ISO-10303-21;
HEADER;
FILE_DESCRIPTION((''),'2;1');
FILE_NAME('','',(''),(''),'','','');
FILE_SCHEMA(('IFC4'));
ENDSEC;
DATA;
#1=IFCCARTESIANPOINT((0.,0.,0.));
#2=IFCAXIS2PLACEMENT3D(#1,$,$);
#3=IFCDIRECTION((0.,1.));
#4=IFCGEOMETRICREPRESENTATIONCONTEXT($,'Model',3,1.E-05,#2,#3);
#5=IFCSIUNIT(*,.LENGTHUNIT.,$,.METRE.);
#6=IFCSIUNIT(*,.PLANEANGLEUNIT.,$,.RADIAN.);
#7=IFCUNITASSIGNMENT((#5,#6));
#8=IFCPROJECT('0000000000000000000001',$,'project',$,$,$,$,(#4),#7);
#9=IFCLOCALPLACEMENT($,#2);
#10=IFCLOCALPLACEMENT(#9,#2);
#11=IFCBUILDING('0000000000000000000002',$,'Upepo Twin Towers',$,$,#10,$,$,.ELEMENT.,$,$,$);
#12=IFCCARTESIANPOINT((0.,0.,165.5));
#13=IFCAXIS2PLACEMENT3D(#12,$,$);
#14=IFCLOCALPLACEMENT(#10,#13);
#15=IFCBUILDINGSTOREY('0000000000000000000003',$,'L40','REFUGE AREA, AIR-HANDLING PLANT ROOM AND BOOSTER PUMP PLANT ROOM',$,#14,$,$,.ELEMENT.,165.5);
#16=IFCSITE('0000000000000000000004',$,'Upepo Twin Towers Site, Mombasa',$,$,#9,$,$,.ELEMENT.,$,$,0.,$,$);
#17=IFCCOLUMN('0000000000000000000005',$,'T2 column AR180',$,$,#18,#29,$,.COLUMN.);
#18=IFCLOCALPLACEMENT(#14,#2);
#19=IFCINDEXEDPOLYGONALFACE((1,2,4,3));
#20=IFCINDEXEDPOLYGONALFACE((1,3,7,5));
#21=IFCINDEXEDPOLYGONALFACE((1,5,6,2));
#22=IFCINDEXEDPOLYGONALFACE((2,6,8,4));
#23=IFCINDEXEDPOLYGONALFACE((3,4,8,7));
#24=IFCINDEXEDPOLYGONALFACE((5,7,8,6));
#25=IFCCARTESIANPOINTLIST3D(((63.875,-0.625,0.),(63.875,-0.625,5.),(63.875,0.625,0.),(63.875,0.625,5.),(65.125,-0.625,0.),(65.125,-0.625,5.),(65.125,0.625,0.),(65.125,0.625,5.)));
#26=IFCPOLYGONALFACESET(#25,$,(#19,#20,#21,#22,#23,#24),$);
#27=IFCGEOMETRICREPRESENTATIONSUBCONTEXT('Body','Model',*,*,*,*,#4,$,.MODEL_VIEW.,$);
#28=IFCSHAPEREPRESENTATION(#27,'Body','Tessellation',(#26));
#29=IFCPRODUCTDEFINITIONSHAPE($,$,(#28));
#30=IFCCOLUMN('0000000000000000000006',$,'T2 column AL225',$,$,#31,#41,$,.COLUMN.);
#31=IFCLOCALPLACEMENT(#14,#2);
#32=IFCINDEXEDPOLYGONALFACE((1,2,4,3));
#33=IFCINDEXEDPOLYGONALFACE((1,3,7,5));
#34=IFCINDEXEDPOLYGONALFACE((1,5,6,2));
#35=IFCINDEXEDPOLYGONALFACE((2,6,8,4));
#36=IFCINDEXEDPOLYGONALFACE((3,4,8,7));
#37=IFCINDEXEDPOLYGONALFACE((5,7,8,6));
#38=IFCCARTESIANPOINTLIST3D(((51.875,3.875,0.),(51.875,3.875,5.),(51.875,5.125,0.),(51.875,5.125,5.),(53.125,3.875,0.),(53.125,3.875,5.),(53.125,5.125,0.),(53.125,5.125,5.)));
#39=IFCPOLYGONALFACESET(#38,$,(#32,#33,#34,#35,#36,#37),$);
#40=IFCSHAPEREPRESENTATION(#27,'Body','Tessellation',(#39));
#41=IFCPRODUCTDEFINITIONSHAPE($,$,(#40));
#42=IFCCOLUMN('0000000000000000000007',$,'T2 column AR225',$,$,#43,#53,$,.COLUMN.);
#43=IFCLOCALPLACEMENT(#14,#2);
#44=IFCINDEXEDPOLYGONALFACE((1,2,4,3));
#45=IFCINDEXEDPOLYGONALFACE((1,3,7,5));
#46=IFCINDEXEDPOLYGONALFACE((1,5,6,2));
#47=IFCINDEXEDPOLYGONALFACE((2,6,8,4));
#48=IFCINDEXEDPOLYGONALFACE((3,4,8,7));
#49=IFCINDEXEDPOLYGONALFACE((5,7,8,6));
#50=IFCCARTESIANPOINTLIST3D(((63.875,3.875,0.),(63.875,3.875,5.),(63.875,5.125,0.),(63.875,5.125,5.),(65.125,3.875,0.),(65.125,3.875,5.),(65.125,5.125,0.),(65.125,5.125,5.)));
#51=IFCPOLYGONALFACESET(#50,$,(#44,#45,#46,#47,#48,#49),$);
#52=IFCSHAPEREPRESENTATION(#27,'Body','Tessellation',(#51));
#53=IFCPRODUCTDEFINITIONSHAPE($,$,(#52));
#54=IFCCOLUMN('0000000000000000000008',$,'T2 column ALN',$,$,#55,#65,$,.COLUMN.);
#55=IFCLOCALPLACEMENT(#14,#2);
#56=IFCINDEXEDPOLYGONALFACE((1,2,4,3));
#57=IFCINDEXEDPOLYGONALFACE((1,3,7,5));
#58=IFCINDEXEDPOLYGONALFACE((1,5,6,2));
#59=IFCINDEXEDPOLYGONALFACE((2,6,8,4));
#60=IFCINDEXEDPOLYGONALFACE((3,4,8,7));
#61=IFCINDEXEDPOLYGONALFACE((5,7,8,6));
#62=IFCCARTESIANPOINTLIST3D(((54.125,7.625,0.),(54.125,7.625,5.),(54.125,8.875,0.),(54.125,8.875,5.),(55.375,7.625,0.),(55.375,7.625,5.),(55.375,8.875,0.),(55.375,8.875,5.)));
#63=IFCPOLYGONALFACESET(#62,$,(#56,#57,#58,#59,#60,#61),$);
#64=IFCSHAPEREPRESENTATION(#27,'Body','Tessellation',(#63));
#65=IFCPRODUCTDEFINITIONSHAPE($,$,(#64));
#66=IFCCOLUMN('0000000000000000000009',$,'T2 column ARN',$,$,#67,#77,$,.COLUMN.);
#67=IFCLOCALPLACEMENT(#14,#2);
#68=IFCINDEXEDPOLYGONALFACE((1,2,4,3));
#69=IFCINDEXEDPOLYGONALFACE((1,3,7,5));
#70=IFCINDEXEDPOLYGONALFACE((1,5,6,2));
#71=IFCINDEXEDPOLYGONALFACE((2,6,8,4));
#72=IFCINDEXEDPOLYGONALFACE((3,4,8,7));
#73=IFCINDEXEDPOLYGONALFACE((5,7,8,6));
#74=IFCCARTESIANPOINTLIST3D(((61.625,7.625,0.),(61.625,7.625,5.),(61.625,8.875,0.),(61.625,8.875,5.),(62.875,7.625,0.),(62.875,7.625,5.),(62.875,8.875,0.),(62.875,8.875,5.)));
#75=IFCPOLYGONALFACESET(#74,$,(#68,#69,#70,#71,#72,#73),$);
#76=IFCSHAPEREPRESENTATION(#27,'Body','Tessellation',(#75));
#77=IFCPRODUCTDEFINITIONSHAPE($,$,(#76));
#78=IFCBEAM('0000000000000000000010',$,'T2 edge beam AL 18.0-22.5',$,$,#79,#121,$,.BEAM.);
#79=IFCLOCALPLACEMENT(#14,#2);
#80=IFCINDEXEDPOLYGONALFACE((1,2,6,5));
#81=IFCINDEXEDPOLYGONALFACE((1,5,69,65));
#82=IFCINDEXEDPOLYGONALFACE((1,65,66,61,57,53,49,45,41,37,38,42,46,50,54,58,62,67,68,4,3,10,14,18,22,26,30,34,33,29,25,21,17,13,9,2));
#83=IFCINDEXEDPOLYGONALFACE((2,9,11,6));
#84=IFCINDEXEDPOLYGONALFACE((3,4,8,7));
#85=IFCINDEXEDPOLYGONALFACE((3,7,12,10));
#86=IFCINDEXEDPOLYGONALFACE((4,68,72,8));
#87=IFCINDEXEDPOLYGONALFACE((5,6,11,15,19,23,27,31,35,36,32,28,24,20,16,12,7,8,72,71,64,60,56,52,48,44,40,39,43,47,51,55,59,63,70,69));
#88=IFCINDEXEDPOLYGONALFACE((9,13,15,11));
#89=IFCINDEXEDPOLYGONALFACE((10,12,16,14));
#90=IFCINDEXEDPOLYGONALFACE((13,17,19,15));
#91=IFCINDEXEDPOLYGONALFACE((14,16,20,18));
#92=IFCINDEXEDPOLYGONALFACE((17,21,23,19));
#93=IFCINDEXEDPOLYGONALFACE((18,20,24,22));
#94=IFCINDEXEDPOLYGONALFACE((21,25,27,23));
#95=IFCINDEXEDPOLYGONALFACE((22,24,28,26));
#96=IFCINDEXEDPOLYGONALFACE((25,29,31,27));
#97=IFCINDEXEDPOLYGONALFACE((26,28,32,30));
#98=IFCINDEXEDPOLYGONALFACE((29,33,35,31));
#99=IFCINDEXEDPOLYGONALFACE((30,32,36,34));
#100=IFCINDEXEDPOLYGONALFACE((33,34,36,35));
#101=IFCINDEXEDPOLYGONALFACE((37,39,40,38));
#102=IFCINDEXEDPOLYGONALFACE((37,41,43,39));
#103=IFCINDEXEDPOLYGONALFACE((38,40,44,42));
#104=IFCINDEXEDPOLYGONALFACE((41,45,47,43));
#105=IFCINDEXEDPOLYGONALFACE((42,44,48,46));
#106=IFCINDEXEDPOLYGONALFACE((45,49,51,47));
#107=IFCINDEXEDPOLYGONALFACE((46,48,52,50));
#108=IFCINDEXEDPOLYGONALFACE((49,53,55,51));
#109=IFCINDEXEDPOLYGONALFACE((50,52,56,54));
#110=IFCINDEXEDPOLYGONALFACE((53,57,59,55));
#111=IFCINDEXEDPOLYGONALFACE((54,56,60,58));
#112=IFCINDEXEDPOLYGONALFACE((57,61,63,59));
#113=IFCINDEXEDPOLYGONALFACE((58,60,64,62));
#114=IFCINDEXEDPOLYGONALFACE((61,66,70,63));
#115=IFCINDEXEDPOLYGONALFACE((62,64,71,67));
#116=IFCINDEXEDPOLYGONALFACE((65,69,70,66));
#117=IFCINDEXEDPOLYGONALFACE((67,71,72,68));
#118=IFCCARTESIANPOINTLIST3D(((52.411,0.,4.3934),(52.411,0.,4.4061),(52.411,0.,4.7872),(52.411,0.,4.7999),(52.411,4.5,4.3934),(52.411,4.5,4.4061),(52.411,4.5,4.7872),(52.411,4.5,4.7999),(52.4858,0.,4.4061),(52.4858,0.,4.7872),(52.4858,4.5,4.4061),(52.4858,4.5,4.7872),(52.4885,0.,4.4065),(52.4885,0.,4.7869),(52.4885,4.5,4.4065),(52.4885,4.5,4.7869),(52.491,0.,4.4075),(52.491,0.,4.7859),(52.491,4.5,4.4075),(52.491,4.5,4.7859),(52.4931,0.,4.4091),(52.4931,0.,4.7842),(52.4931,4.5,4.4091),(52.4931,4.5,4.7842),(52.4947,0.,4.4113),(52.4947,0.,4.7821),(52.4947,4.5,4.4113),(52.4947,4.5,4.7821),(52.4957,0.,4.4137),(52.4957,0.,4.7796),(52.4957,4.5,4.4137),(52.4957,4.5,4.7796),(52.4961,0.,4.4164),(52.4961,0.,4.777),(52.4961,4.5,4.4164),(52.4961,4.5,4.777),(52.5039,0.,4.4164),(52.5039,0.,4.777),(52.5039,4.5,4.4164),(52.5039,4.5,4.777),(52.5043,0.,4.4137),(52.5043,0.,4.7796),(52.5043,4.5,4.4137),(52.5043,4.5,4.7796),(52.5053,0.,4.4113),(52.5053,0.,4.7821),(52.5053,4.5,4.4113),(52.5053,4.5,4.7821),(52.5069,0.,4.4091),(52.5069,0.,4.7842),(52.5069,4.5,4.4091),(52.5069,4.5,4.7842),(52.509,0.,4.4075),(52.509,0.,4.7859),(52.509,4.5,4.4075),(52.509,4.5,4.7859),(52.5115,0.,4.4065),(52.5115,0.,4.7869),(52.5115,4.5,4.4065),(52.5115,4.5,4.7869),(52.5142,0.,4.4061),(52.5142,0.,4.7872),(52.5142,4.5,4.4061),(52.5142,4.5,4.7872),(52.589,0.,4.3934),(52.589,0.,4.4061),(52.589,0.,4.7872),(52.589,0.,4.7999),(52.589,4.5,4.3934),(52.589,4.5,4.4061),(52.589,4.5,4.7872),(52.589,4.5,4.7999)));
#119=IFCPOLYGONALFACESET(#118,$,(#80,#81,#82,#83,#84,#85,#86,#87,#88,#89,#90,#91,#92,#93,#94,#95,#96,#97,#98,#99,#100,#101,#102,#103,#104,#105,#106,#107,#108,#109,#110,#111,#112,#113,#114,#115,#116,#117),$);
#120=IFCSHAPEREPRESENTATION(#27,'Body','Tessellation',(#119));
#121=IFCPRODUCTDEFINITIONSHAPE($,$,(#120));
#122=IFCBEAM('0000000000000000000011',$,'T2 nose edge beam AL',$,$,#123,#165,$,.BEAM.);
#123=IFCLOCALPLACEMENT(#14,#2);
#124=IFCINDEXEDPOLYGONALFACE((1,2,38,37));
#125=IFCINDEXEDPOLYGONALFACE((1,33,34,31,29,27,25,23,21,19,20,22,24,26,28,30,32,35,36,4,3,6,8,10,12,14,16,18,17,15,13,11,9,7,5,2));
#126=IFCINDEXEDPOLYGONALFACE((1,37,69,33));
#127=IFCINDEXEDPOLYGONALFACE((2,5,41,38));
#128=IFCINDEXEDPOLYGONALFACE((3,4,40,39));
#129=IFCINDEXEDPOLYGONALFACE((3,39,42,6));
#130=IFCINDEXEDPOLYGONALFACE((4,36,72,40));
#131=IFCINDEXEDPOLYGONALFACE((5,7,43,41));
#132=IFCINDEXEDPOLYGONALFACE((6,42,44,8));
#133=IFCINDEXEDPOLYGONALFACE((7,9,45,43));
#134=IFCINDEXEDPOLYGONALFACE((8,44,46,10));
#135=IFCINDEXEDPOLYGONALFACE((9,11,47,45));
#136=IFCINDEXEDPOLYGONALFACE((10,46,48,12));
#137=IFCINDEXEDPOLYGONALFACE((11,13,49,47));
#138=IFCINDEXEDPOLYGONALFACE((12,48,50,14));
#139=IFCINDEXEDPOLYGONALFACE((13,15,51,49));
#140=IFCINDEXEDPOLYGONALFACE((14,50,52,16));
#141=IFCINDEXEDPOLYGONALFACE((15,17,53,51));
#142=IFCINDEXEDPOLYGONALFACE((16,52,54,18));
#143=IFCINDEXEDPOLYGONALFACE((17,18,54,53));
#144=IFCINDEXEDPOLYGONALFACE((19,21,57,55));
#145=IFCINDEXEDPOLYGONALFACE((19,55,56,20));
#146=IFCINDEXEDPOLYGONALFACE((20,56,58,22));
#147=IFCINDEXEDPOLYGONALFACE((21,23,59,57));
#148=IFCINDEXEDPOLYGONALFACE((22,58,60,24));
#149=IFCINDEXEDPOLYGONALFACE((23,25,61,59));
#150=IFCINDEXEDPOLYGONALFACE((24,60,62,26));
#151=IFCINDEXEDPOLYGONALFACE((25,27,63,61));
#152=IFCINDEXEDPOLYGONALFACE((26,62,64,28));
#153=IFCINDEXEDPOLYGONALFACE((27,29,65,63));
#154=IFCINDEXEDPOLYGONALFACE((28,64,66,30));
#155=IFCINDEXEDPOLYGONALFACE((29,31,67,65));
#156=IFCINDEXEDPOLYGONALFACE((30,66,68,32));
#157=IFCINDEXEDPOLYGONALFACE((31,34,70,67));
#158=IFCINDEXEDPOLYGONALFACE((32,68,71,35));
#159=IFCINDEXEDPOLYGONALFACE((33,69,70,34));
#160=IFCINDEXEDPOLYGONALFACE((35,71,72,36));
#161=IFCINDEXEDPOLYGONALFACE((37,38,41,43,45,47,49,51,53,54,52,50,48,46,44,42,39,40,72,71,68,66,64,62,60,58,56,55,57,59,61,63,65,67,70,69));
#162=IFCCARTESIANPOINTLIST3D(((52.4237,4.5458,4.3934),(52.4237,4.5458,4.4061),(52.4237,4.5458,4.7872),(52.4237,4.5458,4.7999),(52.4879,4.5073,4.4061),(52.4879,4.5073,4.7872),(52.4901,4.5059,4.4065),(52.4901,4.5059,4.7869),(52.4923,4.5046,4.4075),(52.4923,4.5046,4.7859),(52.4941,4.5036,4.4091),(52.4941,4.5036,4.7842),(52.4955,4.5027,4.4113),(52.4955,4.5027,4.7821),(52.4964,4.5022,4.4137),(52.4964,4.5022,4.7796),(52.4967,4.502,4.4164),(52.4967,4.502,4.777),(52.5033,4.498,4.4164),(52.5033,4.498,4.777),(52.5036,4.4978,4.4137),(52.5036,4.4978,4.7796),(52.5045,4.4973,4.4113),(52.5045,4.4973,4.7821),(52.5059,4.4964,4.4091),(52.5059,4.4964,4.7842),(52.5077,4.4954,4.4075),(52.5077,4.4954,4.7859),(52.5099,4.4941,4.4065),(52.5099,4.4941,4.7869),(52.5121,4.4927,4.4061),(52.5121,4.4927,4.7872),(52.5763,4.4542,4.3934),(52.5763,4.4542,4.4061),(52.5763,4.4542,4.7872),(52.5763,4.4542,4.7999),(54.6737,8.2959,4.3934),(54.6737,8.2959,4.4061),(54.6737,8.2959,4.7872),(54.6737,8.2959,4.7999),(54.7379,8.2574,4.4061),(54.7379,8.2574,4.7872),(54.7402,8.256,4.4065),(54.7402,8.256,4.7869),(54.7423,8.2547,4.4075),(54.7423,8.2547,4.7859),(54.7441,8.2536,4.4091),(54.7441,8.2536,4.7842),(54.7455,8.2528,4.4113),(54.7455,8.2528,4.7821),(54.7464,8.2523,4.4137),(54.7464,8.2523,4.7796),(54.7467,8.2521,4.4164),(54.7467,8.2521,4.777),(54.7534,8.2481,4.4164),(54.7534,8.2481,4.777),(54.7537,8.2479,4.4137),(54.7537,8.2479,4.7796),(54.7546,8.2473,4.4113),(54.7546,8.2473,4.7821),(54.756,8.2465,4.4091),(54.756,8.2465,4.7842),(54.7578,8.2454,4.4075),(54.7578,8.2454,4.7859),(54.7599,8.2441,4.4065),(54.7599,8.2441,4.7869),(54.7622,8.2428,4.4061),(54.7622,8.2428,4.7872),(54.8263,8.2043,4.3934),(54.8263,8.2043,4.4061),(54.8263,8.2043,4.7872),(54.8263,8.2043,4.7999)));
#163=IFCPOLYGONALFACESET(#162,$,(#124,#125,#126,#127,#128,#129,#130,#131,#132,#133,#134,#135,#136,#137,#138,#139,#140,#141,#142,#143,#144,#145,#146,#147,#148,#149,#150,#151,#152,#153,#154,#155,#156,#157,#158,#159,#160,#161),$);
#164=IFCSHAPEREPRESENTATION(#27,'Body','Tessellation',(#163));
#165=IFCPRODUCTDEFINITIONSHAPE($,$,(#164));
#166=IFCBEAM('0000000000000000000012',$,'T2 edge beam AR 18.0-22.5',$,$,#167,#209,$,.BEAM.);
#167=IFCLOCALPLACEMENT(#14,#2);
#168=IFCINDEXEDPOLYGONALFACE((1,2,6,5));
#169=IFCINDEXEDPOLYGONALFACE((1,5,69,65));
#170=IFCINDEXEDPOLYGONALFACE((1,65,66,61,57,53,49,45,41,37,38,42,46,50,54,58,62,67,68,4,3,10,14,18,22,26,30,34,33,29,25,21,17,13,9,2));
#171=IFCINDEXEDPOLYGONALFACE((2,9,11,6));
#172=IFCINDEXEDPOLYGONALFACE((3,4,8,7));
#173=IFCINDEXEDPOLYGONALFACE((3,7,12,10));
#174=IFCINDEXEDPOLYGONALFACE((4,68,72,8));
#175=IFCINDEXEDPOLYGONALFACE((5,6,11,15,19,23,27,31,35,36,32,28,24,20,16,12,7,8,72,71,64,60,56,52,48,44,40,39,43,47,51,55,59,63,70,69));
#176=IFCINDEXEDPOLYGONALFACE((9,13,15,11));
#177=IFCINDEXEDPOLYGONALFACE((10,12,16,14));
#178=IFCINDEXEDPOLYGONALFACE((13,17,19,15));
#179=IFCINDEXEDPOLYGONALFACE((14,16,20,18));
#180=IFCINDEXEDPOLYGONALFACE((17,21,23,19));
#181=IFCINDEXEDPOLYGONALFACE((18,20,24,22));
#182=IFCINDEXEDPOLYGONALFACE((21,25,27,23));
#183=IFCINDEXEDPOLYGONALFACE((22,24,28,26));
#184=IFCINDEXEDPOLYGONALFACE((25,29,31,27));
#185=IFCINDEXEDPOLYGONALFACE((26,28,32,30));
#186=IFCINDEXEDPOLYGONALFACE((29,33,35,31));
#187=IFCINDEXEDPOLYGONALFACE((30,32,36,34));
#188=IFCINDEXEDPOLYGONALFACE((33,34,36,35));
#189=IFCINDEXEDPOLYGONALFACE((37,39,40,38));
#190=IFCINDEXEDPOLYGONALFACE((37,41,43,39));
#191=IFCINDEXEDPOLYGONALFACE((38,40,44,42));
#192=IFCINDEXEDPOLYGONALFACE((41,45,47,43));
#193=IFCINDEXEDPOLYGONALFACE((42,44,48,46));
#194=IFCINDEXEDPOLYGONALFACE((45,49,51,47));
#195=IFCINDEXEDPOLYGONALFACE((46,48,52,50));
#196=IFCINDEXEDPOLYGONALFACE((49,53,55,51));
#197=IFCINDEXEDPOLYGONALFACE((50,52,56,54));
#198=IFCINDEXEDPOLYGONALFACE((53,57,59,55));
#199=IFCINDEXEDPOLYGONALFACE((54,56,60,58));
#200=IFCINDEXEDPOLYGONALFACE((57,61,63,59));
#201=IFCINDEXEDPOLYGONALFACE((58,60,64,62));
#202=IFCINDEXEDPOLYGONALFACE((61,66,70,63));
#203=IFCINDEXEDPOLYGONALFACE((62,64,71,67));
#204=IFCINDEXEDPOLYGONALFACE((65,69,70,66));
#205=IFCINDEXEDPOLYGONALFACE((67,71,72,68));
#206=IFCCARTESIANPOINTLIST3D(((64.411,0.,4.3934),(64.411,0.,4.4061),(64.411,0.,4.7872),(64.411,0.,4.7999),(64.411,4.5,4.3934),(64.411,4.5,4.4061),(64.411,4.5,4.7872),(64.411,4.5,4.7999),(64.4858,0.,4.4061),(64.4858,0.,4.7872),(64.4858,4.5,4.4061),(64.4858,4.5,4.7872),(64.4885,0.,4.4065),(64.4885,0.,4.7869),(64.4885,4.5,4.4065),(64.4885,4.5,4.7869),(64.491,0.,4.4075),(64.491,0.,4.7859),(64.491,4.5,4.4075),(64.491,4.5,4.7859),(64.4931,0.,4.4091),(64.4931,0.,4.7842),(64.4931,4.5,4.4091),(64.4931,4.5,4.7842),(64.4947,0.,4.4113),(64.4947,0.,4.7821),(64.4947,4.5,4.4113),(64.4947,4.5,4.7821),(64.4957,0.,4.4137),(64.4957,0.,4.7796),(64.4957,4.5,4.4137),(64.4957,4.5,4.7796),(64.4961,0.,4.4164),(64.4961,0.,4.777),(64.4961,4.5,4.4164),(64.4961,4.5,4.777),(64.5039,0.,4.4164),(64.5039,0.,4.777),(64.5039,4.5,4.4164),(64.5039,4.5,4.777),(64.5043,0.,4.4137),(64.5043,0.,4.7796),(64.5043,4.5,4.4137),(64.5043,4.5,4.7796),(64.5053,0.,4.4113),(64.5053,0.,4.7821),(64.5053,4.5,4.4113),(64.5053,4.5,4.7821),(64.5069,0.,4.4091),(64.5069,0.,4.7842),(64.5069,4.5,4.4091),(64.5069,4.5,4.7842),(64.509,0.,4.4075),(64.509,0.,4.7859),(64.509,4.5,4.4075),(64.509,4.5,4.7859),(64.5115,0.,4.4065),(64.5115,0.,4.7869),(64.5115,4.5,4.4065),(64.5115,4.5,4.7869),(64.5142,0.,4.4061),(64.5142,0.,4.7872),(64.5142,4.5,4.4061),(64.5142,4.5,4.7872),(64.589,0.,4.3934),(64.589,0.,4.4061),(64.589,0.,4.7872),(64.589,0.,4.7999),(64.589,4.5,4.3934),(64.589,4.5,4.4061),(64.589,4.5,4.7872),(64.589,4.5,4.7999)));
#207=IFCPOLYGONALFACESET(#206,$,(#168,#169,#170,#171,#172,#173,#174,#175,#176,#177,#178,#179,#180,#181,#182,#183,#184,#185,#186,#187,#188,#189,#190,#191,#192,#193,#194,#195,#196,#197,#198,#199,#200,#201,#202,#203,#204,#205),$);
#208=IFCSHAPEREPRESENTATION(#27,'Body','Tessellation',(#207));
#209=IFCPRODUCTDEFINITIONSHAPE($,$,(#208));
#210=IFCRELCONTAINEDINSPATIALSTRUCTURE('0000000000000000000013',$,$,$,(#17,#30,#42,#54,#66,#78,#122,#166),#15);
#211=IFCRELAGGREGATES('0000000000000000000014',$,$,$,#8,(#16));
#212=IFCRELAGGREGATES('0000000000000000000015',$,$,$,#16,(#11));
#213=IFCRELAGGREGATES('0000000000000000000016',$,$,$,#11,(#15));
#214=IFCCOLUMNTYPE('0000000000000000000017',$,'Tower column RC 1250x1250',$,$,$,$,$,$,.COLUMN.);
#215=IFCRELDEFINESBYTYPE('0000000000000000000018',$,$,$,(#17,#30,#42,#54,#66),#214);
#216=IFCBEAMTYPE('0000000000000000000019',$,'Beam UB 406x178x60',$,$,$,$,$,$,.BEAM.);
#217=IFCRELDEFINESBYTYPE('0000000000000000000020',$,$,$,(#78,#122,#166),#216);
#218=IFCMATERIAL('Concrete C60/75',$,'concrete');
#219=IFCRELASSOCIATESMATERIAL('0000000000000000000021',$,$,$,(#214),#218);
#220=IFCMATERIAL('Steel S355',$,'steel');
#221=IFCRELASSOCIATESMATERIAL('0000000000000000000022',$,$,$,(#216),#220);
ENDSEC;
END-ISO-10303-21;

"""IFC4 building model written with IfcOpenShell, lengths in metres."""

from ifc_helpers import new_model, si_unit, direction, frame, origin, origin_2d, place, context, subcontext, project, spatial, rectangle, i_section, extrude, material, material_profile, profile_set, type_object, element, save


model = new_model("IFC4")

# Units and contexts
model_context = context("Model", 3, precision=1e-05, world=origin(), true_north=direction((0.0, 1.0)))
body_context = subcontext(model_context, "Body", "Model", "MODEL_VIEW")
ifc_project = project(units=[si_unit("LENGTHUNIT", "METRE"), si_unit("PLANEANGLEUNIT", "RADIAN")], contexts=[model_context])

# Site, building, storey
site_placement = place(None, origin())
site = spatial("IfcSite", under=ifc_project, at=site_placement, Name="Upepo Twin Towers Site, Mombasa", CompositionType="ELEMENT", RefElevation=0.0)
building_placement = place(site_placement, origin())
building = spatial("IfcBuilding", under=site, at=building_placement, Name="Upepo Twin Towers", CompositionType="ELEMENT")
storey_placement = place(building_placement, frame((0.0, 0.0, 165.5)))
storey = spatial("IfcBuildingStorey", under=building, at=storey_placement, Name="L40", Description="REFUGE AREA, AIR-HANDLING PLANT ROOM AND BOOSTER PUMP PLANT ROOM", CompositionType="ELEMENT", Elevation=165.5)

# Columns
ifc_material_1 = material(Name="Concrete C60/75", Category="concrete")
ifc_material_profile_1 = material_profile(ifc_material_1, rectangle(XDim=1.25, YDim=1.25, at=origin_2d()), Name="RC 1250x1250")
ifc_profile_set_1 = profile_set([ifc_material_profile_1], Name="Concrete C60/75")
column_type = type_object("IfcColumnType", Name="Tower column RC 1250x1250", PredefinedType="COLUMN", material=ifc_profile_set_1)
for number, where, z_axis, x_axis, name in (
    (1, (64.5, 0.0, 0.0), (0.0, 0.0, 1.0), (1.0, 0.0, 0.0), "T2 column AR180"),
    (2, (52.5, 4.5, 0.0), (0.0, 0.0, 1.0), (1.0, 0.0, 0.0), "T2 column AL225"),
    (3, (64.5, 4.5, 0.0), (0.0, 0.0, 1.0), (1.0, 0.0, 0.0), "T2 column AR225"),
    (4, (54.75, 8.25, 0.0), (0.0, 0.0, 1.0), (1.0, 0.0, 0.0), "T2 column ALN"),
    (5, (62.25, 8.25, 0.0), (0.0, 0.0, 1.0), (1.0, 0.0, 0.0), "T2 column ARN"),
):
    element("IfcColumn", number, at=place(storey_placement, frame(where, z_axis=z_axis, x_axis=x_axis)), inside=storey, type_object=column_type, Name=name, PredefinedType="COLUMN", context=body_context, shape_type="SweptSolid", body=[
        extrude(rectangle(XDim=1.25, YDim=1.25, at=origin_2d()), origin(), (0.0, 0.0, 1.0), 5.0),
    ])

# Beams
ifc_material_2 = material(Name="Steel S355", Category="steel")
ifc_material_profile_2 = material_profile(ifc_material_2, i_section(OverallWidth=0.178, OverallDepth=0.4065, WebThickness=0.0078, FlangeThickness=0.0127, FilletRadius=0.0103, at=origin_2d()), Name="UB 406x178x60")
ifc_profile_set_2 = profile_set([ifc_material_profile_2], Name="Steel S355")
beam_type_1 = type_object("IfcBeamType", Name="Beam UB 406x178x60", PredefinedType="BEAM", material=ifc_profile_set_2)
beam_1_placement = place(storey_placement, frame((52.5, 0.0, 4.5967), z_axis=(0.0, 1.0, 0.0), x_axis=(-1.0, 0.0, 0.0)))
element("IfcBeam", 6, at=beam_1_placement, inside=storey, type_object=beam_type_1, Name="T2 edge beam AL 18.0-22.5", PredefinedType="BEAM", context=body_context, shape_type="SweptSolid", body=[
    extrude(i_section(OverallWidth=0.178, OverallDepth=0.4065, WebThickness=0.0078, FlangeThickness=0.0127, FilletRadius=0.0103, at=origin_2d()), origin(), (0.0, 0.0, 1.0), 4.5),
])
beam_2_placement = place(storey_placement, frame((52.5, 4.5, 4.5967), z_axis=(0.514496, 0.857493, 0.0), x_axis=(-0.857493, 0.514496, 0.0)))
element("IfcBeam", 7, at=beam_2_placement, inside=storey, type_object=beam_type_1, Name="T2 nose edge beam AL", PredefinedType="BEAM", context=body_context, shape_type="SweptSolid", body=[
    extrude(i_section(OverallWidth=0.178, OverallDepth=0.4065, WebThickness=0.0078, FlangeThickness=0.0127, FilletRadius=0.0103, at=origin_2d()), origin(), (0.0, 0.0, 1.0), 4.3733),
])
beam_3_placement = place(storey_placement, frame((64.5, 0.0, 4.5967), z_axis=(0.0, 1.0, 0.0), x_axis=(-1.0, 0.0, 0.0)))
element("IfcBeam", 8, at=beam_3_placement, inside=storey, type_object=beam_type_1, Name="T2 edge beam AR 18.0-22.5", PredefinedType="BEAM", context=body_context, shape_type="SweptSolid", body=[
    extrude(i_section(OverallWidth=0.178, OverallDepth=0.4065, WebThickness=0.0078, FlangeThickness=0.0127, FilletRadius=0.0103, at=origin_2d()), origin(), (0.0, 0.0, 1.0), 4.5),
])

save(model, "model.ifc")
